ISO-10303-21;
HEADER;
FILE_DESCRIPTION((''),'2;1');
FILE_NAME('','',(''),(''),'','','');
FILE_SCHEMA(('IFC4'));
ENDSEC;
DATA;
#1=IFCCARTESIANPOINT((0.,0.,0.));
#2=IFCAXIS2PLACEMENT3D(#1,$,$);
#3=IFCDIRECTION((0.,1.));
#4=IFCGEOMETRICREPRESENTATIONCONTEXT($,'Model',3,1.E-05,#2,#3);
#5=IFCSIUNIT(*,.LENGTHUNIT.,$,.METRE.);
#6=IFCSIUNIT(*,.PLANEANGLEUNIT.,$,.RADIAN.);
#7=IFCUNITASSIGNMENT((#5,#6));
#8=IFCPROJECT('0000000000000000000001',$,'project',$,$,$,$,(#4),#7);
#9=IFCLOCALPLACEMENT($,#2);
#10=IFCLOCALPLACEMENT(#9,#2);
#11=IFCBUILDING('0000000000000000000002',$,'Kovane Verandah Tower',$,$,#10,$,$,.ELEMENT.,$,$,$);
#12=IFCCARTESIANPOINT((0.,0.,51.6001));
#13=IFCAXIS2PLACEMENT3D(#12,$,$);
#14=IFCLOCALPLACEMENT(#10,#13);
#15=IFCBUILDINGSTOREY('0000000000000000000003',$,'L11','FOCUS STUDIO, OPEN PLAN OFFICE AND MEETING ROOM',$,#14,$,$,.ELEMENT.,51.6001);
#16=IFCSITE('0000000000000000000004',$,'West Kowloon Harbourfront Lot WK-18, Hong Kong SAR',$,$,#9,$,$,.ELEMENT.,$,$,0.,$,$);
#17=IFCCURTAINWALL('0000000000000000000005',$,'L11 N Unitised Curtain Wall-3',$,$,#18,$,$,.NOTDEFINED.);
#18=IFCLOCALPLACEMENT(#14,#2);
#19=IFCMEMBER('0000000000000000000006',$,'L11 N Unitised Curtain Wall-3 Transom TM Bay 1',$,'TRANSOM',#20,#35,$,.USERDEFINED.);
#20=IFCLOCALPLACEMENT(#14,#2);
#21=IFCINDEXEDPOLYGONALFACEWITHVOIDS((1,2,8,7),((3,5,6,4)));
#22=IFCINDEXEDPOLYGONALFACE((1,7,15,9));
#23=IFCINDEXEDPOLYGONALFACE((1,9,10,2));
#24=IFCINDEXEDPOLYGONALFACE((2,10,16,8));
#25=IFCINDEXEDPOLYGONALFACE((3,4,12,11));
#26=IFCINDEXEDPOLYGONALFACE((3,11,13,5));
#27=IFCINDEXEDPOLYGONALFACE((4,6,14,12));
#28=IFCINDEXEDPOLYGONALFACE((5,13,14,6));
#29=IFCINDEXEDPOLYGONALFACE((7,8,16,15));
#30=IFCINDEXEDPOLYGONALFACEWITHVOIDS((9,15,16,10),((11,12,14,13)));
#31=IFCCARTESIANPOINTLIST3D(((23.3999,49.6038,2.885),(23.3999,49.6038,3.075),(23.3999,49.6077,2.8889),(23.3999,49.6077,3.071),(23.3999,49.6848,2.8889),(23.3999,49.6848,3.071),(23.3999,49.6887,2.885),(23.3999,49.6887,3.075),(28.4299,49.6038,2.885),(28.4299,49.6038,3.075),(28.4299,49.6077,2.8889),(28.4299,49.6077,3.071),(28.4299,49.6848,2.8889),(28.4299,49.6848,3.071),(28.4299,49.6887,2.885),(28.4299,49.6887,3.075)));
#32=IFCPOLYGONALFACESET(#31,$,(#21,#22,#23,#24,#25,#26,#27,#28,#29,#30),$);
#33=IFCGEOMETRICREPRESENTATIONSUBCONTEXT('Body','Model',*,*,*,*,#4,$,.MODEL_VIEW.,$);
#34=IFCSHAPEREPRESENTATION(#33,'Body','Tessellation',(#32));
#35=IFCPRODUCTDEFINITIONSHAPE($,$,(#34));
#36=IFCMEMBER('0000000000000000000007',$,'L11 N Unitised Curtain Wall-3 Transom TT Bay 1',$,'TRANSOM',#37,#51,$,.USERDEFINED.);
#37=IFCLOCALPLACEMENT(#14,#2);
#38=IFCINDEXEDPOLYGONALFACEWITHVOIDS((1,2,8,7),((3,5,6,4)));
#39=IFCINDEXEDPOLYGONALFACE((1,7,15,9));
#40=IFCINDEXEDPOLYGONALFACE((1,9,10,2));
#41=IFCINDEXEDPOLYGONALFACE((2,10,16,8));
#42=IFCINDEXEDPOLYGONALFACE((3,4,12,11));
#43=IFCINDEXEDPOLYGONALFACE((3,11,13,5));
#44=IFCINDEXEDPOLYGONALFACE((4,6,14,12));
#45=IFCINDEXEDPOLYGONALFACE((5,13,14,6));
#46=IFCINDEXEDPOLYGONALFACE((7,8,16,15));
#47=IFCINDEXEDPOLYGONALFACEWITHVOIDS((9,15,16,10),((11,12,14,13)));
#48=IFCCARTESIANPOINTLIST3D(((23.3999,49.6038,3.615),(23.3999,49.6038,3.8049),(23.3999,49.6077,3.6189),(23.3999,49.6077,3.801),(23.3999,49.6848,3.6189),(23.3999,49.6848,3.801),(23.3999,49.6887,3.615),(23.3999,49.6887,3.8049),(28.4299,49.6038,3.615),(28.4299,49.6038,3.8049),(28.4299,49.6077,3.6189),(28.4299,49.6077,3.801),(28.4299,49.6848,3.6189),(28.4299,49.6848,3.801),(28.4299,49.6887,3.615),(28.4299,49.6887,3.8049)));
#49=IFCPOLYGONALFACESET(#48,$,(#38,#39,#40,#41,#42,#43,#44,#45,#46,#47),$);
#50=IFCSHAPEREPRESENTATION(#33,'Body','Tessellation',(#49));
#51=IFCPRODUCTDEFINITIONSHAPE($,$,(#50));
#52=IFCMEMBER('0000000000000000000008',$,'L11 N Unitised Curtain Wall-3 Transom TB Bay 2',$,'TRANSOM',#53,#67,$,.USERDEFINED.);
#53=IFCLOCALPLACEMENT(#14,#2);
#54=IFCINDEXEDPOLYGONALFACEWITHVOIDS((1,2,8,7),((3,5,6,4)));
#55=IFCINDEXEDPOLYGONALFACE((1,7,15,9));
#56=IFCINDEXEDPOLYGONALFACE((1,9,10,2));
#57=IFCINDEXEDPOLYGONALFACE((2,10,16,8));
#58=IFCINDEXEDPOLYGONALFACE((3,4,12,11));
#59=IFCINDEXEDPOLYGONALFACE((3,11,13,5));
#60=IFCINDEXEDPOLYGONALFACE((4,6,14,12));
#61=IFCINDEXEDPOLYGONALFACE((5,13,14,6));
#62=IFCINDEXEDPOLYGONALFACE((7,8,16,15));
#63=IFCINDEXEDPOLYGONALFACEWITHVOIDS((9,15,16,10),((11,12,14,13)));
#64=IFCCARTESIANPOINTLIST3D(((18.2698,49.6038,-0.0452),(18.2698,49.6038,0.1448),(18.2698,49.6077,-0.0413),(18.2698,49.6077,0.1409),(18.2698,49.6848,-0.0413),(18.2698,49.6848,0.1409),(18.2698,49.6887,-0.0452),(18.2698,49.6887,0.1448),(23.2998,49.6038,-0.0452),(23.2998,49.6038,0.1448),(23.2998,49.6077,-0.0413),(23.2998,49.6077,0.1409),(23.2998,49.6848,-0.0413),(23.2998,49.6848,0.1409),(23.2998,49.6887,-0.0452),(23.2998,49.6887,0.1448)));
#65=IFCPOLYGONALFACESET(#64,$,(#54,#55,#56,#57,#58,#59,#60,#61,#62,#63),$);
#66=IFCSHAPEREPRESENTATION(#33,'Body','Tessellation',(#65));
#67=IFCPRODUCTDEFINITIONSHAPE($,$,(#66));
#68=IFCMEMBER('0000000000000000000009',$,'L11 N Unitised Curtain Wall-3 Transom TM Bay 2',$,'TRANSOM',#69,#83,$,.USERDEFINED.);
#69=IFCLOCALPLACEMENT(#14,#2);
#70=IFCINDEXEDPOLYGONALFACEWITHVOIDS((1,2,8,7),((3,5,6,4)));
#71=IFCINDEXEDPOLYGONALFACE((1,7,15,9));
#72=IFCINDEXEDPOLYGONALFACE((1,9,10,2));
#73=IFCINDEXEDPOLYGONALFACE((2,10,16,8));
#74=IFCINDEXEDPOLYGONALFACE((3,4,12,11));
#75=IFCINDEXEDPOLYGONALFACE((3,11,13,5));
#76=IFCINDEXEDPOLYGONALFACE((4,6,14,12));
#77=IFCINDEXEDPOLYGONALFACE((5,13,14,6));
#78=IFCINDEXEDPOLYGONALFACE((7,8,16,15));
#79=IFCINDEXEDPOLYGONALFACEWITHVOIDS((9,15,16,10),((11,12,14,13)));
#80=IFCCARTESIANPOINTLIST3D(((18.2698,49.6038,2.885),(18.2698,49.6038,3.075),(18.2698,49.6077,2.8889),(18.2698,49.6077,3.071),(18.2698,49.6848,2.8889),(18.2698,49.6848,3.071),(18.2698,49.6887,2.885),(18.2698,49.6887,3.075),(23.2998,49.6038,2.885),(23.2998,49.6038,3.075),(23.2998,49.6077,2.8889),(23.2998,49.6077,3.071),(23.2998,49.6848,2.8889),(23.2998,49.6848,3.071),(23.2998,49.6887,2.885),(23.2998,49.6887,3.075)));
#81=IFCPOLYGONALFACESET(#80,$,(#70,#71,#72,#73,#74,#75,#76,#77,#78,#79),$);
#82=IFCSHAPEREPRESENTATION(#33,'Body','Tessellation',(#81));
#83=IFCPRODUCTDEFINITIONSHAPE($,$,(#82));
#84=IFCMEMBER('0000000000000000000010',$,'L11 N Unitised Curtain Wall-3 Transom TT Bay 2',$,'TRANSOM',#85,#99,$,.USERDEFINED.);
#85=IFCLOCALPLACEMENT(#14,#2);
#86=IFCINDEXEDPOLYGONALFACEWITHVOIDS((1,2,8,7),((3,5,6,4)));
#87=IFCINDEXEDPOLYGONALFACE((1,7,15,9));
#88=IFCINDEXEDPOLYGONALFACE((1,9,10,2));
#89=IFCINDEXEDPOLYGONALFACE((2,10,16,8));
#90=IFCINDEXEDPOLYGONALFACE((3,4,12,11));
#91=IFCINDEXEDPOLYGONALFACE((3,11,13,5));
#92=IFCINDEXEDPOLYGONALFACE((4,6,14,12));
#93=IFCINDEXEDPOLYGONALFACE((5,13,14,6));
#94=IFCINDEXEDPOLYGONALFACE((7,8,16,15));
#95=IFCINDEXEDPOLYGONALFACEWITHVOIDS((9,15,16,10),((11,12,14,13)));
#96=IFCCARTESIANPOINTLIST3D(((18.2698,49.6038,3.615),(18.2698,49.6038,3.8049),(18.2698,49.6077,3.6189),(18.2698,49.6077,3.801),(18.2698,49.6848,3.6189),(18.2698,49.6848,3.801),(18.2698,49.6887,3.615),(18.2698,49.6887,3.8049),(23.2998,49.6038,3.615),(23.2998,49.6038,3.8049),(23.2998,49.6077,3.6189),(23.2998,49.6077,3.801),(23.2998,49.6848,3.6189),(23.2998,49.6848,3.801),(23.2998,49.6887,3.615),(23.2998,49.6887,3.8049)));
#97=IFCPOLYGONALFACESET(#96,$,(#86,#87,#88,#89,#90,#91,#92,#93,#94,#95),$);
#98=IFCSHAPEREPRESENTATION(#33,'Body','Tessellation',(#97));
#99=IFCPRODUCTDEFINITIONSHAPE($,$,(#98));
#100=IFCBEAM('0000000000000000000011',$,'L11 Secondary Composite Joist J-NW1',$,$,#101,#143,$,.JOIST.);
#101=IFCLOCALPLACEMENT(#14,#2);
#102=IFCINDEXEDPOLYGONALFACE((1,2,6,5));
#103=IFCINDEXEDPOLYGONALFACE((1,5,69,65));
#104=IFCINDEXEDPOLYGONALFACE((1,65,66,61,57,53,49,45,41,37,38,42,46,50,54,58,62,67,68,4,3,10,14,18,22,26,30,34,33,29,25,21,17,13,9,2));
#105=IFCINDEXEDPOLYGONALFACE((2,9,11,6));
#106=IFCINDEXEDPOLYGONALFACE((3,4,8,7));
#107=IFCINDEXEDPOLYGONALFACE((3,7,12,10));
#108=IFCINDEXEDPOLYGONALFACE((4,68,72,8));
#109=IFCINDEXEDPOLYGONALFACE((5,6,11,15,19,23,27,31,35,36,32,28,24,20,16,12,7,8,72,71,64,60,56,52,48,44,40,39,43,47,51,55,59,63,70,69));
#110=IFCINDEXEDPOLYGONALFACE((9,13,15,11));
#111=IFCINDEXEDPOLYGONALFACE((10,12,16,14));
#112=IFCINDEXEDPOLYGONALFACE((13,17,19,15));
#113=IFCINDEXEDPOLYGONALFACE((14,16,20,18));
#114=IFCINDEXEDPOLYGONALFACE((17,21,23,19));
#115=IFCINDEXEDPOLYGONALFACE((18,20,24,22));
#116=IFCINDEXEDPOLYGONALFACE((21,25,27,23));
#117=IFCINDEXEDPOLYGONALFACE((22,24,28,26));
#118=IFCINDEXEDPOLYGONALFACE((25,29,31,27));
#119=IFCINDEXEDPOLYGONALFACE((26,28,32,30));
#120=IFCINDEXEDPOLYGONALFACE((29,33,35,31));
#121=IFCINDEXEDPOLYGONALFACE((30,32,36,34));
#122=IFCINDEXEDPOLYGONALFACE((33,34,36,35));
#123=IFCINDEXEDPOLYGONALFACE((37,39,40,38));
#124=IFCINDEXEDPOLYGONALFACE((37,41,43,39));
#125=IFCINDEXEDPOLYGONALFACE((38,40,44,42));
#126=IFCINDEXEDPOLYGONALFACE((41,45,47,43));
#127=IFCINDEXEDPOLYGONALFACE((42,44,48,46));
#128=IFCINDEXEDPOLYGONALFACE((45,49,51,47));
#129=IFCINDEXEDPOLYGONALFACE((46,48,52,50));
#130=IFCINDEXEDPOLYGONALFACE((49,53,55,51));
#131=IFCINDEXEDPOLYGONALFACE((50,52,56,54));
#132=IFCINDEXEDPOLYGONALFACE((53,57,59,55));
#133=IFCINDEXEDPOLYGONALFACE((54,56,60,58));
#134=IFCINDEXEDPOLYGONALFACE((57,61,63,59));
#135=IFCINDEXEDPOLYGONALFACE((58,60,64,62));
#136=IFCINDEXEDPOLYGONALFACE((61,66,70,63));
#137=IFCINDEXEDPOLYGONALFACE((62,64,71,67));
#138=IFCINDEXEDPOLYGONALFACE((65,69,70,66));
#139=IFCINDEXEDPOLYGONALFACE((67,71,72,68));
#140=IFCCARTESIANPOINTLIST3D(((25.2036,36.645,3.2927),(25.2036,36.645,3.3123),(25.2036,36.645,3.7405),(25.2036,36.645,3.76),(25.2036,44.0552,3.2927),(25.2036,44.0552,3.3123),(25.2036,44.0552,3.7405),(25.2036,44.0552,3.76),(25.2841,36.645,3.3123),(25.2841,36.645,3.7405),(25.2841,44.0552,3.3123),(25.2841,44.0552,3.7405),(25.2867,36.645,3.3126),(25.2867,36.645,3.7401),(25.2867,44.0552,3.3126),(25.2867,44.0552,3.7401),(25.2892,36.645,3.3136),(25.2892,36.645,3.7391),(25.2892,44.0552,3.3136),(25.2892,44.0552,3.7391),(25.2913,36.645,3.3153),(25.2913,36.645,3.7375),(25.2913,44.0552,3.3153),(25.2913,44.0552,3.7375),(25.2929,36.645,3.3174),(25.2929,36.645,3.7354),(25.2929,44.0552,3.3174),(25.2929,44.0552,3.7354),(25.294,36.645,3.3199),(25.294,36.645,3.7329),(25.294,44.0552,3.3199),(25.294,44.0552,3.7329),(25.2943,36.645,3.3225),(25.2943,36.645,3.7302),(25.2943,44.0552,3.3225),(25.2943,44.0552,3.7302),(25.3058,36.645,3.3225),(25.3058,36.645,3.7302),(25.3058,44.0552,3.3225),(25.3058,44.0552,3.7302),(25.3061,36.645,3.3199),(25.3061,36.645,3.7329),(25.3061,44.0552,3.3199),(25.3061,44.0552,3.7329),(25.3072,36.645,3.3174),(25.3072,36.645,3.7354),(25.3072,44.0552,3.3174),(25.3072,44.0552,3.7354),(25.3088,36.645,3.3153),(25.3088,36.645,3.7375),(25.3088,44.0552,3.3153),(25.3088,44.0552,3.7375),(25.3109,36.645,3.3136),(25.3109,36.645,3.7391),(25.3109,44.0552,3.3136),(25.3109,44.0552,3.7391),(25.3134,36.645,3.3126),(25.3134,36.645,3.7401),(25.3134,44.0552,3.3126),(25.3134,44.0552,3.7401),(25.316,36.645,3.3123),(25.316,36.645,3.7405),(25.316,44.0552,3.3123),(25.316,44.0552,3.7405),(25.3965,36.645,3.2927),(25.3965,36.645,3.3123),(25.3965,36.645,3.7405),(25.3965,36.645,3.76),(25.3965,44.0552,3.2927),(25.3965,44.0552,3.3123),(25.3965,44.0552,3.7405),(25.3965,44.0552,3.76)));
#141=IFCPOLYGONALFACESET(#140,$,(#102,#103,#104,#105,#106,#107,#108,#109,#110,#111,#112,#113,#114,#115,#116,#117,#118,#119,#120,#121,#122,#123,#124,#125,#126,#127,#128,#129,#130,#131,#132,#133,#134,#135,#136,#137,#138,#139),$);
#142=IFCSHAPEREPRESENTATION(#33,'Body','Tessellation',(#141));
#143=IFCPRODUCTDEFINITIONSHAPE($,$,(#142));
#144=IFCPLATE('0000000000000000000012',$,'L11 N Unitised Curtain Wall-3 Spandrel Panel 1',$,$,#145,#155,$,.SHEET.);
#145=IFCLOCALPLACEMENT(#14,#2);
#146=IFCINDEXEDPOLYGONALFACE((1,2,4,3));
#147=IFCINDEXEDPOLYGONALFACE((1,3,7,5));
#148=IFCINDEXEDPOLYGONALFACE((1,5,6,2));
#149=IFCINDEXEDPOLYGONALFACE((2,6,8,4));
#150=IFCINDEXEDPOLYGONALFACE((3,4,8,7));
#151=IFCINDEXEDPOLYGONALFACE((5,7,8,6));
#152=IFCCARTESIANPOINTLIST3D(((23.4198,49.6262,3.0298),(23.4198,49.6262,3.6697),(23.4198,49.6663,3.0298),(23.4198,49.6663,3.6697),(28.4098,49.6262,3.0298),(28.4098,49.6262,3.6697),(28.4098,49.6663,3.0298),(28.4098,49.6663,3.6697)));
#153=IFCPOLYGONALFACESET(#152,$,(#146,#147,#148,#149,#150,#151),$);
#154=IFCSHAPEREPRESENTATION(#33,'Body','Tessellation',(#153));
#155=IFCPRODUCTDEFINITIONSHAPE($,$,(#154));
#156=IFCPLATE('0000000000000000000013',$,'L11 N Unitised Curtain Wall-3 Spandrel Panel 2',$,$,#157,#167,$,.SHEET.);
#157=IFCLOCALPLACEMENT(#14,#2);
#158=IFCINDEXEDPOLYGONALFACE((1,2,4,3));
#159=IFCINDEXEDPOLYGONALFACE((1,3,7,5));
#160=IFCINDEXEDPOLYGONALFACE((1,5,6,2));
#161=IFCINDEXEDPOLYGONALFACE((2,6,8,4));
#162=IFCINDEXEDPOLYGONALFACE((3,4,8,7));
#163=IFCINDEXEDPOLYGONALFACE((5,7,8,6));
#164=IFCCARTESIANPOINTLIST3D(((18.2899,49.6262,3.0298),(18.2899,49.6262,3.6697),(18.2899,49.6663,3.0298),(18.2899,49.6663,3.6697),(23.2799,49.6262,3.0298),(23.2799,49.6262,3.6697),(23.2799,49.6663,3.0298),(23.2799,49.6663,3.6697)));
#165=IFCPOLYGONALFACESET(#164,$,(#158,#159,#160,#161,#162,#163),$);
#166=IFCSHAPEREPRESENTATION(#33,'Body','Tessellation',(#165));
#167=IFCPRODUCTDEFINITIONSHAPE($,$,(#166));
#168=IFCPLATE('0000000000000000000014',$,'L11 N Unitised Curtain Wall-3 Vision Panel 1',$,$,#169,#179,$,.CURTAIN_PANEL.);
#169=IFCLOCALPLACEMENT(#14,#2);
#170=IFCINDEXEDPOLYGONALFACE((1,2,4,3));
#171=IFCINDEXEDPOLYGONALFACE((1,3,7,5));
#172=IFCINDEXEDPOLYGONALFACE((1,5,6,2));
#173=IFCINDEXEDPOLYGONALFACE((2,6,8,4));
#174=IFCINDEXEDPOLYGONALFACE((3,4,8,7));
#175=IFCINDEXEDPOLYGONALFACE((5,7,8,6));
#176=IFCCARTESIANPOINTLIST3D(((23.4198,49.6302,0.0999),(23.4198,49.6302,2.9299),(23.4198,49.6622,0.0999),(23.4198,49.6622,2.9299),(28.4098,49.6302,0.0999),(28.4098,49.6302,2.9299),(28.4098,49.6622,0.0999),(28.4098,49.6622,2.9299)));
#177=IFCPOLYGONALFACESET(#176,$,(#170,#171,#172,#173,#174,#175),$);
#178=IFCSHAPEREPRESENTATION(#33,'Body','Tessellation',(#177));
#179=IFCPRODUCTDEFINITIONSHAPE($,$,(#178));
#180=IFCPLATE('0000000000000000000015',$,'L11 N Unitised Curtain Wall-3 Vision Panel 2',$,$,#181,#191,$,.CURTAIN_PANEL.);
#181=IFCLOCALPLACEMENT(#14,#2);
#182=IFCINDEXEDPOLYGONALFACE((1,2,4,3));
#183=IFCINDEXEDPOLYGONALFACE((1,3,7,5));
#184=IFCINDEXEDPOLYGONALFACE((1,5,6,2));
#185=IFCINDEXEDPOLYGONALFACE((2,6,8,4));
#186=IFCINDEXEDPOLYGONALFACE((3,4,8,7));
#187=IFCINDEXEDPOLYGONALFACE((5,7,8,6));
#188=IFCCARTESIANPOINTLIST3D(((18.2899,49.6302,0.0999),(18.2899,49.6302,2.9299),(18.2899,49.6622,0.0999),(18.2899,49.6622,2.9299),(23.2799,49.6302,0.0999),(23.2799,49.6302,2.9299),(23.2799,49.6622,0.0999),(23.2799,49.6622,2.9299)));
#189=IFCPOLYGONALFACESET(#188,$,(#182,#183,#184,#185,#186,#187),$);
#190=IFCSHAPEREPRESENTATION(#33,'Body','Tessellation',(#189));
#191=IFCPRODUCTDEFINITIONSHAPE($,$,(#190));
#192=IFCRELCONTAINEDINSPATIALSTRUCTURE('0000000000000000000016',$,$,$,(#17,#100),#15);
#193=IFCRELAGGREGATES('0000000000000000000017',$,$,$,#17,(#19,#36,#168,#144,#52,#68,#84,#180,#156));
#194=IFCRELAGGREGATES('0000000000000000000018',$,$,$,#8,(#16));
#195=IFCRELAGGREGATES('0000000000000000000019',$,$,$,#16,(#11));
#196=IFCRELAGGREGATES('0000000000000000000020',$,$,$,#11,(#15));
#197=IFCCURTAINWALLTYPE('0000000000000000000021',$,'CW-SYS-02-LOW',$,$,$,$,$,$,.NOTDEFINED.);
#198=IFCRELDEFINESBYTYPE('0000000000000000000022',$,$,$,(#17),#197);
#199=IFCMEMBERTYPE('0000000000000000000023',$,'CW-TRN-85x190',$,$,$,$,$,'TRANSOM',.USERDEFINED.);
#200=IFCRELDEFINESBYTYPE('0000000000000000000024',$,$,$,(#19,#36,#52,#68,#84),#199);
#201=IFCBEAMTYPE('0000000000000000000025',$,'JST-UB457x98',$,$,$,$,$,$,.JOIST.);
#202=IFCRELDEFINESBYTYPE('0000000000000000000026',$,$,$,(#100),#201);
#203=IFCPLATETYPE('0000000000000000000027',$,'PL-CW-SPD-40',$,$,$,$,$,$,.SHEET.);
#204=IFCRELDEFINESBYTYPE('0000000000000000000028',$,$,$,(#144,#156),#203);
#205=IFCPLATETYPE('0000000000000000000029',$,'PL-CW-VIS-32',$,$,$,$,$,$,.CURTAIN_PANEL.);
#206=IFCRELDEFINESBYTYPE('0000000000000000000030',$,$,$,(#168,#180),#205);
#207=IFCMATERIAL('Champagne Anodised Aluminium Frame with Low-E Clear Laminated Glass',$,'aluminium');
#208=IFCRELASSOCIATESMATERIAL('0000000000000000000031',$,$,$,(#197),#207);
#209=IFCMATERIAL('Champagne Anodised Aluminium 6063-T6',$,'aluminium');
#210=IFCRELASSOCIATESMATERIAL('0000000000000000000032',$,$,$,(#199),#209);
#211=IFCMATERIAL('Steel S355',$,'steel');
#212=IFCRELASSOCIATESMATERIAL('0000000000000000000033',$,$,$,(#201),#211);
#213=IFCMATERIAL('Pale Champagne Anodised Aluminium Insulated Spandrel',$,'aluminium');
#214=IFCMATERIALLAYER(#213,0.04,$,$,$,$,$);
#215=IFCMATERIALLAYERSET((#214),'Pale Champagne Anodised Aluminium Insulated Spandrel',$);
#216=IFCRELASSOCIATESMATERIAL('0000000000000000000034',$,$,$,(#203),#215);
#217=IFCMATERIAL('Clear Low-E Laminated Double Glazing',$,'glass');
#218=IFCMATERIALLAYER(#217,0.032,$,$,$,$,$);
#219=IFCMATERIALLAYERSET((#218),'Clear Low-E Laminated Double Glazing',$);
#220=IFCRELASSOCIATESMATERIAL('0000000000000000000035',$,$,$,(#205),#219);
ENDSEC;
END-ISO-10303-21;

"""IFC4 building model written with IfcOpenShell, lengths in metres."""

from ifc_helpers import new_model, si_unit, direction, frame, origin, origin_2d, place, context, subcontext, project, spatial, rectangle, hollow_rectangle, i_section, extrude, material, layer, layer_set, material_profile, profile_set, type_object, element, aggregate, save


model = new_model("IFC4")

# Units and contexts
model_context = context("Model", 3, precision=1e-05, world=origin(), true_north=direction((0.0, 1.0)))
body_context = subcontext(model_context, "Body", "Model", "MODEL_VIEW")
ifc_project = project(units=[si_unit("LENGTHUNIT", "METRE"), si_unit("PLANEANGLEUNIT", "RADIAN")], contexts=[model_context])

# Site, building, storey
site_placement = place(None, origin())
site = spatial("IfcSite", under=ifc_project, at=site_placement, Name="West Kowloon Harbourfront Lot WK-18, Hong Kong SAR", CompositionType="ELEMENT", RefElevation=0.0)
building_placement = place(site_placement, origin())
building = spatial("IfcBuilding", under=site, at=building_placement, Name="Kovane Verandah Tower", CompositionType="ELEMENT")
storey_placement = place(building_placement, frame((0.0, 0.0, 51.6001)))
storey = spatial("IfcBuildingStorey", under=building, at=storey_placement, Name="L11", Description="FOCUS STUDIO, OPEN PLAN OFFICE AND MEETING ROOM", CompositionType="ELEMENT", Elevation=51.6001)

# Shared definitions
ifc_material_1 = material(Name="Steel S355", Category="steel")

# Curtain wall, members
ifc_material_2 = material(Name="Champagne Anodised Aluminium Frame with Low-E Clear Laminated Glass", Category="aluminium")
curtain_wall_type = type_object("IfcCurtainWallType", Name="CW-SYS-02-LOW", PredefinedType="NOTDEFINED", material=ifc_material_2)
curtain_wall_placement = place(storey_placement, origin())
curtain_wall = element("IfcCurtainWall", 1, at=curtain_wall_placement, inside=storey, type_object=curtain_wall_type, Name="L11 N Unitised Curtain Wall-3", PredefinedType="NOTDEFINED")
ifc_material_3 = material(Name="Champagne Anodised Aluminium 6063-T6", Category="aluminium")
ifc_material_profile_1 = material_profile(ifc_material_3, hollow_rectangle(XDim=0.085, YDim=0.1899, WallThickness=0.0039, at=origin_2d()), Name="AL85x190x4")
ifc_profile_set_1 = profile_set([ifc_material_profile_1], Name="Champagne Anodised Aluminium 6063-T6")
member_type_1 = type_object("IfcMemberType", Name="CW-TRN-85x190", ElementType="TRANSOM", PredefinedType="USERDEFINED", material=ifc_profile_set_1)
member_1_placement = place(storey_placement, frame((28.4299, 49.6462, 2.98), z_axis=(-1.0, 0.0, 0.0), x_axis=(0.0, -1.0, 0.0)))
member_1 = element("IfcMember", 2, at=member_1_placement, type_object=member_type_1, Name="L11 N Unitised Curtain Wall-3 Transom TM Bay 1", ObjectType="TRANSOM", PredefinedType="USERDEFINED", context=body_context, shape_type="SweptSolid", body=[
    extrude(hollow_rectangle(XDim=0.085, YDim=0.1899, WallThickness=0.0039, at=origin_2d()), origin(), (0.0, 0.0, 1.0), 5.03),
])
member_2_placement = place(storey_placement, frame((28.4299, 49.6462, 3.71), z_axis=(-1.0, 0.0, 0.0), x_axis=(0.0, -1.0, 0.0)))
member_2 = element("IfcMember", 3, at=member_2_placement, type_object=member_type_1, Name="L11 N Unitised Curtain Wall-3 Transom TT Bay 1", ObjectType="TRANSOM", PredefinedType="USERDEFINED", context=body_context, shape_type="SweptSolid", body=[
    extrude(hollow_rectangle(XDim=0.085, YDim=0.1899, WallThickness=0.0039, at=origin_2d()), origin(), (0.0, 0.0, 1.0), 5.03),
])
member_3_placement = place(storey_placement, frame((23.2998, 49.6462, 0.0498), z_axis=(-1.0, 0.0, 0.0), x_axis=(0.0, -1.0, 0.0)))
member_3 = element("IfcMember", 4, at=member_3_placement, type_object=member_type_1, Name="L11 N Unitised Curtain Wall-3 Transom TB Bay 2", ObjectType="TRANSOM", PredefinedType="USERDEFINED", context=body_context, shape_type="SweptSolid", body=[
    extrude(hollow_rectangle(XDim=0.085, YDim=0.1899, WallThickness=0.0039, at=origin_2d()), origin(), (0.0, 0.0, 1.0), 5.03),
])
member_4_placement = place(storey_placement, frame((23.2998, 49.6462, 2.98), z_axis=(-1.0, 0.0, 0.0), x_axis=(0.0, -1.0, 0.0)))
member_4 = element("IfcMember", 5, at=member_4_placement, type_object=member_type_1, Name="L11 N Unitised Curtain Wall-3 Transom TM Bay 2", ObjectType="TRANSOM", PredefinedType="USERDEFINED", context=body_context, shape_type="SweptSolid", body=[
    extrude(hollow_rectangle(XDim=0.085, YDim=0.1899, WallThickness=0.0039, at=origin_2d()), origin(), (0.0, 0.0, 1.0), 5.03),
])
member_5_placement = place(storey_placement, frame((23.2998, 49.6462, 3.71), z_axis=(-1.0, 0.0, 0.0), x_axis=(0.0, -1.0, 0.0)))
member_5 = element("IfcMember", 6, at=member_5_placement, type_object=member_type_1, Name="L11 N Unitised Curtain Wall-3 Transom TT Bay 2", ObjectType="TRANSOM", PredefinedType="USERDEFINED", context=body_context, shape_type="SweptSolid", body=[
    extrude(hollow_rectangle(XDim=0.085, YDim=0.1899, WallThickness=0.0039, at=origin_2d()), origin(), (0.0, 0.0, 1.0), 5.03),
])

# Beam
ifc_material_profile_2 = material_profile(ifc_material_1, i_section(OverallWidth=0.1929, OverallDepth=0.4673, WebThickness=0.0115, FlangeThickness=0.0195, FilletRadius=0.0103, at=origin_2d()), Name="UB457x191x98")
ifc_profile_set_2 = profile_set([ifc_material_profile_2], Name="Steel S355")
beam_type_1 = type_object("IfcBeamType", Name="JST-UB457x98", PredefinedType="JOIST", material=ifc_profile_set_2)
beam_1_placement = place(storey_placement, frame((25.3, 36.645, 3.5264), z_axis=(0.0, 1.0, 0.0), x_axis=(-1.0, 0.0, 0.0)))
element("IfcBeam", 7, at=beam_1_placement, inside=storey, type_object=beam_type_1, Name="L11 Secondary Composite Joist J-NW1", PredefinedType="JOIST", context=body_context, shape_type="SweptSolid", body=[
    extrude(i_section(OverallWidth=0.1929, OverallDepth=0.4673, WebThickness=0.0115, FlangeThickness=0.0195, FilletRadius=0.0103, at=origin_2d()), origin(), (0.0, 0.0, 1.0), 7.4102),
])

# Plates
ifc_material_4 = material(Name="Pale Champagne Anodised Aluminium Insulated Spandrel", Category="aluminium")
ifc_layer_1 = layer(ifc_material_4, 0.04)
ifc_layer_set_1 = layer_set([ifc_layer_1], Name="Pale Champagne Anodised Aluminium Insulated Spandrel")
plate_type_1 = type_object("IfcPlateType", Name="PL-CW-SPD-40", PredefinedType="SHEET", material=ifc_layer_set_1)
plate_1_placement = place(storey_placement, frame((25.9148, 49.6462, 3.0298), z_axis=(0.0, 0.0, 1.0), x_axis=(-1.0, 0.0, 0.0)))
plate_1 = element("IfcPlate", 8, at=plate_1_placement, type_object=plate_type_1, Name="L11 N Unitised Curtain Wall-3 Spandrel Panel 1", PredefinedType="SHEET", context=body_context, shape_type="SweptSolid", body=[
    extrude(rectangle(XDim=4.99, YDim=0.04, at=origin_2d()), origin(), (0.0, 0.0, 1.0), 0.6399),
])
plate_2_placement = place(storey_placement, frame((20.7849, 49.6462, 3.0298), z_axis=(0.0, 0.0, 1.0), x_axis=(-1.0, 0.0, 0.0)))
plate_2 = element("IfcPlate", 9, at=plate_2_placement, type_object=plate_type_1, Name="L11 N Unitised Curtain Wall-3 Spandrel Panel 2", PredefinedType="SHEET", context=body_context, shape_type="SweptSolid", body=[
    extrude(rectangle(XDim=4.99, YDim=0.04, at=origin_2d()), origin(), (0.0, 0.0, 1.0), 0.6399),
])
ifc_material_5 = material(Name="Clear Low-E Laminated Double Glazing", Category="glass")
ifc_layer_2 = layer(ifc_material_5, 0.032)
ifc_layer_set_2 = layer_set([ifc_layer_2], Name="Clear Low-E Laminated Double Glazing")
plate_type_2 = type_object("IfcPlateType", Name="PL-CW-VIS-32", PredefinedType="CURTAIN_PANEL", material=ifc_layer_set_2)
plate_3_placement = place(storey_placement, frame((25.9148, 49.6462, 0.0999), z_axis=(0.0, 0.0, 1.0), x_axis=(-1.0, 0.0, 0.0)))
plate_3 = element("IfcPlate", 10, at=plate_3_placement, type_object=plate_type_2, Name="L11 N Unitised Curtain Wall-3 Vision Panel 1", PredefinedType="CURTAIN_PANEL", context=body_context, shape_type="SweptSolid", body=[
    extrude(rectangle(XDim=4.99, YDim=0.032, at=origin_2d()), origin(), (0.0, 0.0, 1.0), 2.8301),
])
plate_4_placement = place(storey_placement, frame((20.7849, 49.6462, 0.0999), z_axis=(0.0, 0.0, 1.0), x_axis=(-1.0, 0.0, 0.0)))
plate_4 = element("IfcPlate", 11, at=plate_4_placement, type_object=plate_type_2, Name="L11 N Unitised Curtain Wall-3 Vision Panel 2", PredefinedType="CURTAIN_PANEL", context=body_context, shape_type="SweptSolid", body=[
    extrude(rectangle(XDim=4.99, YDim=0.032, at=origin_2d()), origin(), (0.0, 0.0, 1.0), 2.8301),
])
aggregate(curtain_wall, [member_1, member_2, plate_3, plate_1, member_3, member_4, member_5, plate_4, plate_2])

save(model, "model.ifc")
